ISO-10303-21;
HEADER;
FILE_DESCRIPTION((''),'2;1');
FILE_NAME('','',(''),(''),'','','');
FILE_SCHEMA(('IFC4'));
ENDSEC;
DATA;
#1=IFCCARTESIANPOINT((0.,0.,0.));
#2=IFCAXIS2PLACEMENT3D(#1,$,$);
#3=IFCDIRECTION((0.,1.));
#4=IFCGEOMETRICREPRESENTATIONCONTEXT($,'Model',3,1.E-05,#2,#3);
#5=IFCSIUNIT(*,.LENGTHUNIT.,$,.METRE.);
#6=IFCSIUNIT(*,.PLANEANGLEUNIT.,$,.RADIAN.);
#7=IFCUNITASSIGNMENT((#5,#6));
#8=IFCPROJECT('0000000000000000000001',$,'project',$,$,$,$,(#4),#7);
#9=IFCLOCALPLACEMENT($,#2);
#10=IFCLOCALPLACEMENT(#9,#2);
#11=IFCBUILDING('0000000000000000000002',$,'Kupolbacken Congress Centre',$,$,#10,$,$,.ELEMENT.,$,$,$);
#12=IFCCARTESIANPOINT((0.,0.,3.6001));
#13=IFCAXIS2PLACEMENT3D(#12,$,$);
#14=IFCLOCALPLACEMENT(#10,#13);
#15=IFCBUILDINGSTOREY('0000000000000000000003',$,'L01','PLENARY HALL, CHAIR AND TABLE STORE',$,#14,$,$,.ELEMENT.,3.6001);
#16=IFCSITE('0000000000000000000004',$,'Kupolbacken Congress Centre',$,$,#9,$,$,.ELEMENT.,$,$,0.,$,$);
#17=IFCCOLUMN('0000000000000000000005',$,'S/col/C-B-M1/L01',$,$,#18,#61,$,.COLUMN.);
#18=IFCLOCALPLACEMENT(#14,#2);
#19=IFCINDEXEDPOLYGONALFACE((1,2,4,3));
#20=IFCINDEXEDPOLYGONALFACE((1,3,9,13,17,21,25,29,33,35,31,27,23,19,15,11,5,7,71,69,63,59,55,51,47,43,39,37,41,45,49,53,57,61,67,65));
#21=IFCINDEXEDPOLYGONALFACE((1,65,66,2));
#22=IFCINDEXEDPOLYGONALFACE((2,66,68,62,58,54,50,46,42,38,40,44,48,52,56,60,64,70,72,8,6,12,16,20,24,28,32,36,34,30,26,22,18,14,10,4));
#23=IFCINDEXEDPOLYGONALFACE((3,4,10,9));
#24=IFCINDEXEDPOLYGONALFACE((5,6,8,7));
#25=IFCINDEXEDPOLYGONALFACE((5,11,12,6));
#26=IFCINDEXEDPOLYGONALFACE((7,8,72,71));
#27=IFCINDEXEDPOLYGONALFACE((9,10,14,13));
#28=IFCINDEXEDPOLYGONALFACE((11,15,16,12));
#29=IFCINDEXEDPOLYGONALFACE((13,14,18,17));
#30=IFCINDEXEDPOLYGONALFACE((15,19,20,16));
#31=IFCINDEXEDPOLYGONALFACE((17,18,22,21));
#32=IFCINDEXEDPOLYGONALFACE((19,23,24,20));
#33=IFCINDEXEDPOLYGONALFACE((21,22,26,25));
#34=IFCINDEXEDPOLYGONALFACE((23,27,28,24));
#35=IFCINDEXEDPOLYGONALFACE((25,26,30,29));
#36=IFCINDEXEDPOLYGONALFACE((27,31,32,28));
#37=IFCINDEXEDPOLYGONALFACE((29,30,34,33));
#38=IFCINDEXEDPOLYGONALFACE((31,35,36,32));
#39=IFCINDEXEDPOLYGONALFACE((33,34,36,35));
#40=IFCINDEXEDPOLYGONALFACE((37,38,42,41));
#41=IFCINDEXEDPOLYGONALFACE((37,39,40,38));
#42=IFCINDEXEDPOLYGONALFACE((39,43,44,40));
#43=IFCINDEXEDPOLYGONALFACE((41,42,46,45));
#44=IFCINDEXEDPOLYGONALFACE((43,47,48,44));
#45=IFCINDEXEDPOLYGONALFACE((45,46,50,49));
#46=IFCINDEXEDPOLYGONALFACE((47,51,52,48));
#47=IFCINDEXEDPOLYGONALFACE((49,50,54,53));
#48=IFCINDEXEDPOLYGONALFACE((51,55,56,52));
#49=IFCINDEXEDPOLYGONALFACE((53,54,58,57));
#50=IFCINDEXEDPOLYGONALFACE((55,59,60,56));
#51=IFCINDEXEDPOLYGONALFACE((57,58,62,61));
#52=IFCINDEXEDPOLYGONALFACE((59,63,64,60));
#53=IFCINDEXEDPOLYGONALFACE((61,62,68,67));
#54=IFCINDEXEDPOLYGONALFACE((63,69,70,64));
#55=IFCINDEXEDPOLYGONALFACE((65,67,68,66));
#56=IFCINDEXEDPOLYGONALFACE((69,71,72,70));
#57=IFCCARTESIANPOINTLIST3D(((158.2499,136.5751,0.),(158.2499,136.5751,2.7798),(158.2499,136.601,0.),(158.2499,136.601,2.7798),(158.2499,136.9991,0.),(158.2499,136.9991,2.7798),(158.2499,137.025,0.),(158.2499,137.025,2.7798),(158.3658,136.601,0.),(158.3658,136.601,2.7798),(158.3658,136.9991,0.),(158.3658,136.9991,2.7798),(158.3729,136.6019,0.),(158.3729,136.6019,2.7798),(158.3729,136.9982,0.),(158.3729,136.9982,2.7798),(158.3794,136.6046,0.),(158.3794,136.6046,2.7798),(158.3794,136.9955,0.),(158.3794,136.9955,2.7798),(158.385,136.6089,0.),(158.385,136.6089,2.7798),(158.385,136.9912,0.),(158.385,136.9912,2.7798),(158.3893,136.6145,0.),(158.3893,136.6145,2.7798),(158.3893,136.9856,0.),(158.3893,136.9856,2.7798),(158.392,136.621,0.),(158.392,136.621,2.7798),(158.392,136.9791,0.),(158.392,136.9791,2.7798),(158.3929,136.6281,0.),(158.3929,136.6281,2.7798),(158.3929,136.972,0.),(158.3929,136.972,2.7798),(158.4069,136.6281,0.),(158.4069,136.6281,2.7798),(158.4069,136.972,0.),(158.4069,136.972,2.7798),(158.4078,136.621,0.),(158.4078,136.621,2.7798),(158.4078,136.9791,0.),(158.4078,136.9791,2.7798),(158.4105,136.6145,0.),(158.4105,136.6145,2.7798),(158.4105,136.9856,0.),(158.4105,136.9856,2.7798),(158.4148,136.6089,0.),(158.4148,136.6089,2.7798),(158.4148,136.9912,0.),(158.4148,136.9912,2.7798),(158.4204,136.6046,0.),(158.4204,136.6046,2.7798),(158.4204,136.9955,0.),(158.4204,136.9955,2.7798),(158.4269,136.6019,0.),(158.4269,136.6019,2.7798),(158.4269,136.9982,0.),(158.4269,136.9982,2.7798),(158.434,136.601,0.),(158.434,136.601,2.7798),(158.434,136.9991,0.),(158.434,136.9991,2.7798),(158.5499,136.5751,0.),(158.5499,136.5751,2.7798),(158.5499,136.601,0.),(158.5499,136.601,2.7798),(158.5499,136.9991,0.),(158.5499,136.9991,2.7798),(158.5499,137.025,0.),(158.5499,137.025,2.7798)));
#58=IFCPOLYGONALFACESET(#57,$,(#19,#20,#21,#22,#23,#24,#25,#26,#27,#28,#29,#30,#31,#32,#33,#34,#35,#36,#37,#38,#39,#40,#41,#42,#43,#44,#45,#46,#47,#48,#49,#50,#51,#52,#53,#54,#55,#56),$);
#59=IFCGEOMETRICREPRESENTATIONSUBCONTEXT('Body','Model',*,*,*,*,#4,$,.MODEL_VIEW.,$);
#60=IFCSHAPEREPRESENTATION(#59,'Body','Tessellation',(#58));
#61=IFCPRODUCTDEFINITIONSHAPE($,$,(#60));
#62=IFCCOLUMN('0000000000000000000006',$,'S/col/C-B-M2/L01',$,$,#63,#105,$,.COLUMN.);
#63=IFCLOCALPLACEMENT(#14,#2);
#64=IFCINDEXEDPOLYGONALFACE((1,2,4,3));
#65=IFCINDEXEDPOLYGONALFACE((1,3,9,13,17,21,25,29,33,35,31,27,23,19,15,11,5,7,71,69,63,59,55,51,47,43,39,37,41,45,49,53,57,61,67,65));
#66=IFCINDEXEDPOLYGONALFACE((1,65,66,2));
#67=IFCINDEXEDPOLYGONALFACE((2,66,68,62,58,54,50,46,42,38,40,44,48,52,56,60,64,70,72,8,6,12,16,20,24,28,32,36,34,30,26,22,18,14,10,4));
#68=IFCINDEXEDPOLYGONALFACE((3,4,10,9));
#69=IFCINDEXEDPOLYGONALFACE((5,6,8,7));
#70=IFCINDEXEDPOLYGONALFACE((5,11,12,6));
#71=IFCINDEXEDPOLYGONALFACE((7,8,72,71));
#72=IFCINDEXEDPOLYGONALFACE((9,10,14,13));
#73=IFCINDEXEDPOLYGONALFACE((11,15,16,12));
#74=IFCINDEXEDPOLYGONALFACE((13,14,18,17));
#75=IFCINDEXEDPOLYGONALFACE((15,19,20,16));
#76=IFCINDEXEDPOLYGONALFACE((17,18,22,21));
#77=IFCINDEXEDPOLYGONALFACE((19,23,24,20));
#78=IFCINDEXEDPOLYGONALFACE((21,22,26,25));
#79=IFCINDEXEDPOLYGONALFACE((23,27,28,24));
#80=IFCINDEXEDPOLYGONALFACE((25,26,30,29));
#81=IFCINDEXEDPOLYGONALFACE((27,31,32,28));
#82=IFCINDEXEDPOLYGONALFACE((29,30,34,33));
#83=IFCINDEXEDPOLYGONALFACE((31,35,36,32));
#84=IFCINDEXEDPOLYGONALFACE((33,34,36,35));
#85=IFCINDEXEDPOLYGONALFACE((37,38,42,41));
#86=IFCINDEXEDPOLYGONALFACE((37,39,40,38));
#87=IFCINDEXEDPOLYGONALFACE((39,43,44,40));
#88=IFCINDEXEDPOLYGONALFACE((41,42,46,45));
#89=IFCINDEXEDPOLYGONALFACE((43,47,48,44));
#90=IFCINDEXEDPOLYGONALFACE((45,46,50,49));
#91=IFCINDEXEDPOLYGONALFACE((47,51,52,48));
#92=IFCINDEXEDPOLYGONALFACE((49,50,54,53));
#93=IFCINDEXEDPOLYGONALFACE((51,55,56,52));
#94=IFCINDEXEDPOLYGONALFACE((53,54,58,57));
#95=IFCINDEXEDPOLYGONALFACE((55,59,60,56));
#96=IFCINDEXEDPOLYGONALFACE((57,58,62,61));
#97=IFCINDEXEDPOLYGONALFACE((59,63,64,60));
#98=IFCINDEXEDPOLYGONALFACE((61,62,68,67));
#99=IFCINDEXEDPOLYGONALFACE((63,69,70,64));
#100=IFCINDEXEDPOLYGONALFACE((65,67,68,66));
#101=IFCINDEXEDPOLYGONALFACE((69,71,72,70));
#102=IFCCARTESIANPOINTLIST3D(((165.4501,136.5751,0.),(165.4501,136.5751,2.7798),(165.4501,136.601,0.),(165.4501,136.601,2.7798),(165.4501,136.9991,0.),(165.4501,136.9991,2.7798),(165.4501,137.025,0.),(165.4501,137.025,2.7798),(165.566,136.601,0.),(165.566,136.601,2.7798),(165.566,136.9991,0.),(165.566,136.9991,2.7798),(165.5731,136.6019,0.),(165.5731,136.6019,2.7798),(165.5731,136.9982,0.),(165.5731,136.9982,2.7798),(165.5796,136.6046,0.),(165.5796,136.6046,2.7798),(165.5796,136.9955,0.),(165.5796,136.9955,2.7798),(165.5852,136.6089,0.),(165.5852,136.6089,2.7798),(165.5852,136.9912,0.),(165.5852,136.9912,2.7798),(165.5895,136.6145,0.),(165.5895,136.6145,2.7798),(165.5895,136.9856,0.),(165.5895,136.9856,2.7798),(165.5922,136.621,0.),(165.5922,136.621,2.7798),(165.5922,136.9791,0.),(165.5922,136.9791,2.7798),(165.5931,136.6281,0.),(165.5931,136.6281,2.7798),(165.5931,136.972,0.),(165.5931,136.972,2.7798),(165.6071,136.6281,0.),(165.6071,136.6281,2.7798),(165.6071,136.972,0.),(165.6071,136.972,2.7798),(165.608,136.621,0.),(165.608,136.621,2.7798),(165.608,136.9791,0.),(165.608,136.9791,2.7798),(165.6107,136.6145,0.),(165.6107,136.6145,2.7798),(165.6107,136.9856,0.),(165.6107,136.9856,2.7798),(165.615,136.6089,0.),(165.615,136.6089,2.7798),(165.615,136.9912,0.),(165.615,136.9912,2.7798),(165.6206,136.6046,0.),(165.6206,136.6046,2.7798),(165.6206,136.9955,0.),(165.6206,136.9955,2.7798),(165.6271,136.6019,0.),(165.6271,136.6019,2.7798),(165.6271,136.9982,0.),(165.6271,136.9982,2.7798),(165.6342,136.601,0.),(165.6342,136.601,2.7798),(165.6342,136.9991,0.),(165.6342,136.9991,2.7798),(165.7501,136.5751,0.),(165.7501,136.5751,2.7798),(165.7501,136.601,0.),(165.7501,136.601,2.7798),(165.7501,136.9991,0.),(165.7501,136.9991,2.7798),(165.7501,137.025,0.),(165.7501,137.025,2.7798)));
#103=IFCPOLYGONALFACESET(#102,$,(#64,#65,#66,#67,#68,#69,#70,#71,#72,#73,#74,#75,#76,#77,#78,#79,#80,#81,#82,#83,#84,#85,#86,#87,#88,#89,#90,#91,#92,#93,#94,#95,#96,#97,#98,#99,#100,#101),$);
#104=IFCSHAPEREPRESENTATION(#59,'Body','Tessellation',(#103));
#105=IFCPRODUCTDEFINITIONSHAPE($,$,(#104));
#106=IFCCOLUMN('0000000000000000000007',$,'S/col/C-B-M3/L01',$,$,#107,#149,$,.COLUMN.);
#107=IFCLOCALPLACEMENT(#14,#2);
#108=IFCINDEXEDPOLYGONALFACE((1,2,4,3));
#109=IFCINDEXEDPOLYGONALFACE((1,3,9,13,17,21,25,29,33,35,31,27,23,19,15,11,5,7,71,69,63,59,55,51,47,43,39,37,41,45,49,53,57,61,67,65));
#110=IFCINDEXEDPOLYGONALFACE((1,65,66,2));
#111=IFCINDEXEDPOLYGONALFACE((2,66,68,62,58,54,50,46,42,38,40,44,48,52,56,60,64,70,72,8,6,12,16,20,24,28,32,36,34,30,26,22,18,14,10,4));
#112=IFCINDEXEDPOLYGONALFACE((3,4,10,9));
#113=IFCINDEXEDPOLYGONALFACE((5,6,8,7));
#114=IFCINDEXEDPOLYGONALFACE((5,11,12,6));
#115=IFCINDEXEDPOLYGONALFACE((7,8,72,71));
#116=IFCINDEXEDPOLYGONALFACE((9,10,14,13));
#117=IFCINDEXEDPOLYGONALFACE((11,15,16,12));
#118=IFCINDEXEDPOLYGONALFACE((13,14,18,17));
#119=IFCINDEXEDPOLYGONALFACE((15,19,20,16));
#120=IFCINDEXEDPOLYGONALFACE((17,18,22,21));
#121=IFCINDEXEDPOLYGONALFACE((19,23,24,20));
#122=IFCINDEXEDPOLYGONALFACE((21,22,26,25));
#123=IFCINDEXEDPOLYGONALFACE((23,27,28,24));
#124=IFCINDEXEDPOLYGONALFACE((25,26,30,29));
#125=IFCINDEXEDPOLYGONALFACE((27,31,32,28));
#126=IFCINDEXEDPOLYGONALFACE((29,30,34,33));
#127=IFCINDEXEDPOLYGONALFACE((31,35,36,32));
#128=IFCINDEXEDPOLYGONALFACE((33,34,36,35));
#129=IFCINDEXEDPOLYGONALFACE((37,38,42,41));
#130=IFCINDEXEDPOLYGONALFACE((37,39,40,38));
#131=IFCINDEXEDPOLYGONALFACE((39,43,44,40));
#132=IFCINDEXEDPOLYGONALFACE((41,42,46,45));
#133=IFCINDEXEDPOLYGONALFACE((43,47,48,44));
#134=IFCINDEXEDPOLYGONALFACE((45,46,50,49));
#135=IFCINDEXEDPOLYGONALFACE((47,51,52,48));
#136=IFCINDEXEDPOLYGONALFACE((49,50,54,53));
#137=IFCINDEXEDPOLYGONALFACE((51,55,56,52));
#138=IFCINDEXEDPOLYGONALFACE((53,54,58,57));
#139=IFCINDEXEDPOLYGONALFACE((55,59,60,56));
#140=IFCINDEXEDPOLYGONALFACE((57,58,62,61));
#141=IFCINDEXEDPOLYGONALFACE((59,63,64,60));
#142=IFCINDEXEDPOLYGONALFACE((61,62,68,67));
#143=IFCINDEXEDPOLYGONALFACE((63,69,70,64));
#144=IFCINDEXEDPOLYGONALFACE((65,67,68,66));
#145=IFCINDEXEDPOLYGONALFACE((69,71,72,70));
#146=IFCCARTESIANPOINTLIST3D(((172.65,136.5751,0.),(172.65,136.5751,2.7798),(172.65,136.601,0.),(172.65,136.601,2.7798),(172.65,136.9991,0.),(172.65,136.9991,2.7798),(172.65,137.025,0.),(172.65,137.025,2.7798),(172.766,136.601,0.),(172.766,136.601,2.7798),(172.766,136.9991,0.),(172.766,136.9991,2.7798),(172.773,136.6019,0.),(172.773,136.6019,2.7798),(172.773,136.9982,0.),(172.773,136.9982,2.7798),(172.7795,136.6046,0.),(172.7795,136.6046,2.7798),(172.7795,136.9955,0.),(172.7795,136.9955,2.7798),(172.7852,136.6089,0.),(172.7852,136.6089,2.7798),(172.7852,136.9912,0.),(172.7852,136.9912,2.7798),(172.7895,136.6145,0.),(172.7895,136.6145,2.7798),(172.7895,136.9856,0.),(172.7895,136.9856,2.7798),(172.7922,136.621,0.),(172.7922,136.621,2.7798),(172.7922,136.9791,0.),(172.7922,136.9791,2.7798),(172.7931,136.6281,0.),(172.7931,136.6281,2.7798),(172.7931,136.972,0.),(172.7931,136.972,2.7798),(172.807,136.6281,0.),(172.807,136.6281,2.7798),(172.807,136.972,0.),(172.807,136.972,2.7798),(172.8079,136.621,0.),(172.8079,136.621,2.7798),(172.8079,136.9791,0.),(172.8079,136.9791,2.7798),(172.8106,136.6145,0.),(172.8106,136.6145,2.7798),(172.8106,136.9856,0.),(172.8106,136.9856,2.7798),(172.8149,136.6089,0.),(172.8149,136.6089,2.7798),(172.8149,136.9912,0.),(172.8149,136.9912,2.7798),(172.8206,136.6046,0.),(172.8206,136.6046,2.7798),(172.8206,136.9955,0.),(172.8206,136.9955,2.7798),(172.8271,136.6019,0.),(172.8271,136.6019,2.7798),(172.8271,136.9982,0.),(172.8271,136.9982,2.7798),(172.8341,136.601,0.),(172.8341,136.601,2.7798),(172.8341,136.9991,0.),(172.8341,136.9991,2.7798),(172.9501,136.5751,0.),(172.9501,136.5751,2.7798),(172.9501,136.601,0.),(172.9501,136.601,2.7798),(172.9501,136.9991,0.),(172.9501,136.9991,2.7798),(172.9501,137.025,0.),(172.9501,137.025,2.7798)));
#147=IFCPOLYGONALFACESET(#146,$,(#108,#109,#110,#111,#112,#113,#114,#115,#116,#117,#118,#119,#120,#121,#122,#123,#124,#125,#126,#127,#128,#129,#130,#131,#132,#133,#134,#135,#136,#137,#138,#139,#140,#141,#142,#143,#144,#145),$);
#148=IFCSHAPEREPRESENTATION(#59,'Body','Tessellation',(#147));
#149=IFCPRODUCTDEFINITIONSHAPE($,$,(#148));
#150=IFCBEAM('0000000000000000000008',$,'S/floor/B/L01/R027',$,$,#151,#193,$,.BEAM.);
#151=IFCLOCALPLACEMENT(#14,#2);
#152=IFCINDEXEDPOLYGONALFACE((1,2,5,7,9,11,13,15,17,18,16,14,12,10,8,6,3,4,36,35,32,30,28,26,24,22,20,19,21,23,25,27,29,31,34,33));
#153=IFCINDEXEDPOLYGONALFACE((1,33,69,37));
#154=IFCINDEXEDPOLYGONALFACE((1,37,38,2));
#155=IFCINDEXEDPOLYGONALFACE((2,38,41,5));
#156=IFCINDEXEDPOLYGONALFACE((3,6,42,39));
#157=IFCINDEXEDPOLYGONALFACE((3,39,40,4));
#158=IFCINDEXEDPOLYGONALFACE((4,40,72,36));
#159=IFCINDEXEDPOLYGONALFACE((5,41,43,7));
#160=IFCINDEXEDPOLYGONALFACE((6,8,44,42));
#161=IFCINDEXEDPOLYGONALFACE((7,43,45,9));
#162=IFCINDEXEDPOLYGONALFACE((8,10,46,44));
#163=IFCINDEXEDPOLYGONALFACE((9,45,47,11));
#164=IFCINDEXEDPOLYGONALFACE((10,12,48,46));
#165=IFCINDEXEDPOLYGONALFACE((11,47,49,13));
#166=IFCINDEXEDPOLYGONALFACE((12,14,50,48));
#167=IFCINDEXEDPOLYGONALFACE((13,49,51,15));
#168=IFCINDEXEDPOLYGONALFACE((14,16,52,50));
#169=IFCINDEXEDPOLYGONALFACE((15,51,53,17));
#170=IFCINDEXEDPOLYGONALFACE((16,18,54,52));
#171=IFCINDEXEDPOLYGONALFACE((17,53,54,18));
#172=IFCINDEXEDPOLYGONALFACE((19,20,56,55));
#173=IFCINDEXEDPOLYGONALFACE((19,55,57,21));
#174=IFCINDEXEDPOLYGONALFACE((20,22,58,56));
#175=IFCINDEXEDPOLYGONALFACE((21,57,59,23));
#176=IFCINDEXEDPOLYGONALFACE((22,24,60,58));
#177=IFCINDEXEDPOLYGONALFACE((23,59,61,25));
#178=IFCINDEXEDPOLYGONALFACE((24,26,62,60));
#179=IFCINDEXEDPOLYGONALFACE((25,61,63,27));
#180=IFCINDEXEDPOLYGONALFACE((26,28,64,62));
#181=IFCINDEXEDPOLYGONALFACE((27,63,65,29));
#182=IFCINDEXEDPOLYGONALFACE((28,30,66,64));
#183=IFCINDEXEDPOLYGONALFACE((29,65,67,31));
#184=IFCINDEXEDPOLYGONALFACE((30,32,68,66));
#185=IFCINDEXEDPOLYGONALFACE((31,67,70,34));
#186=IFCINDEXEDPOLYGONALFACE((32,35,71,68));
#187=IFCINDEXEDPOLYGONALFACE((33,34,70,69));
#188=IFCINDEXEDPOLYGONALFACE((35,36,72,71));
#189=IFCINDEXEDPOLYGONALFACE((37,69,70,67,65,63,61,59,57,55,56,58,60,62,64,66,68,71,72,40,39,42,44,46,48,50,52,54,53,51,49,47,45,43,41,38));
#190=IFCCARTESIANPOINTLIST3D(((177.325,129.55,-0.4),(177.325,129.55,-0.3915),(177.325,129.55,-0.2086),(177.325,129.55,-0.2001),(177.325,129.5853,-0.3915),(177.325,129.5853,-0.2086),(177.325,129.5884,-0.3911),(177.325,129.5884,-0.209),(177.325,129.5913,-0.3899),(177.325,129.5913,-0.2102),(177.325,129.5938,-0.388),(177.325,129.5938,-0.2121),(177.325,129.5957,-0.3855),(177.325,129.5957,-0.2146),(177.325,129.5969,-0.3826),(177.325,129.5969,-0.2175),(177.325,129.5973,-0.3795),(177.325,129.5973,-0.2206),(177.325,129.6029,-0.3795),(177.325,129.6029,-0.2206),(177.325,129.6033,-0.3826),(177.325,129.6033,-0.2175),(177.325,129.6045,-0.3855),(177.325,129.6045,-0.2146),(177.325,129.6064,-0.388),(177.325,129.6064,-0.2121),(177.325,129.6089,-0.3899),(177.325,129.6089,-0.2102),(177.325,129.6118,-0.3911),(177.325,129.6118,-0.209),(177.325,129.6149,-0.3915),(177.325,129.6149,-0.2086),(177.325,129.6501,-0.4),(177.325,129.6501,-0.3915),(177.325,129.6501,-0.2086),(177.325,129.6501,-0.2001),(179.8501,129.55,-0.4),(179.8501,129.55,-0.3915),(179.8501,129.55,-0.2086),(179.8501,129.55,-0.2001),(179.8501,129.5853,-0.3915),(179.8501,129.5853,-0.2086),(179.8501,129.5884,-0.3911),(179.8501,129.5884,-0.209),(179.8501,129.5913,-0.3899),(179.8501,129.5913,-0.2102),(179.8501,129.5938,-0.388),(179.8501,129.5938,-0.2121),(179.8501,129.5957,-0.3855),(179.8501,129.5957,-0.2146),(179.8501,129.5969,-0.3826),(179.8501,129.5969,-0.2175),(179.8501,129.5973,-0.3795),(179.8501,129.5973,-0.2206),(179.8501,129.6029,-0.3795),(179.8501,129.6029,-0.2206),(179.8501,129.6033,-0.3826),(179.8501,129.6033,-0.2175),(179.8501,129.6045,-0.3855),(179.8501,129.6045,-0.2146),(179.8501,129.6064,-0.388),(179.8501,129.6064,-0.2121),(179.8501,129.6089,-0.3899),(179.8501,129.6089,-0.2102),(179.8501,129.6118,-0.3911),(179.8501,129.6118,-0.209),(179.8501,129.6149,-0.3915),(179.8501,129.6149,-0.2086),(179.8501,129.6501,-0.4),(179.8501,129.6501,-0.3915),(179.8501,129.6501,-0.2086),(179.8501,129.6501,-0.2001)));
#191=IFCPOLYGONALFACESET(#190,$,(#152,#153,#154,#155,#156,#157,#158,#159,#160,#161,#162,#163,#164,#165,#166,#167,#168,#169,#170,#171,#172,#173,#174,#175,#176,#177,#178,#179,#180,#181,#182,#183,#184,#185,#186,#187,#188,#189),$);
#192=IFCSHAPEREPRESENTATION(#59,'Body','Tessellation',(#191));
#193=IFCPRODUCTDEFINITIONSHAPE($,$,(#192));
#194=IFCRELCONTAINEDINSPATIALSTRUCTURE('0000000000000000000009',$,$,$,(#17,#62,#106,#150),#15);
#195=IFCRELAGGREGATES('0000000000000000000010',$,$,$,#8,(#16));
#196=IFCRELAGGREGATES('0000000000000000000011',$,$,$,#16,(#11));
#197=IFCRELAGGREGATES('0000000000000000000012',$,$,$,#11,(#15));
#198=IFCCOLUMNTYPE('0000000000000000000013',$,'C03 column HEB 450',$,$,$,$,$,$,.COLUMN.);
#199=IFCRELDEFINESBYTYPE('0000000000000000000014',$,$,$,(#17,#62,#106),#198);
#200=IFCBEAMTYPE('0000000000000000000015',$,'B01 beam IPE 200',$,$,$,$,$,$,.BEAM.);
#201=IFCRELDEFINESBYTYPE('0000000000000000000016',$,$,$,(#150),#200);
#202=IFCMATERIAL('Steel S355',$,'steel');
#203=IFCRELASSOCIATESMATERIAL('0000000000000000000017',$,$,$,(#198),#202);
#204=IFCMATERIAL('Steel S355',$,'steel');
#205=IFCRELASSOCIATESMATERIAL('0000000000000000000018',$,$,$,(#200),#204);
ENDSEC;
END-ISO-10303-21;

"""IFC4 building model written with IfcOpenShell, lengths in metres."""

from ifc_helpers import new_model, si_unit, direction, frame, origin, origin_2d, place, context, subcontext, project, spatial, i_section, extrude, material, material_profile, profile_set, type_object, element, save


model = new_model("IFC4")

# Units and contexts
model_context = context("Model", 3, precision=1e-05, world=origin(), true_north=direction((0.0, 1.0)))
body_context = subcontext(model_context, "Body", "Model", "MODEL_VIEW")
ifc_project = project(units=[si_unit("LENGTHUNIT", "METRE"), si_unit("PLANEANGLEUNIT", "RADIAN")], contexts=[model_context])

# Site, building, storey
site_placement = place(None, origin())
site = spatial("IfcSite", under=ifc_project, at=site_placement, Name="Kupolbacken Congress Centre", CompositionType="ELEMENT", RefElevation=0.0)
building_placement = place(site_placement, origin())
building = spatial("IfcBuilding", under=site, at=building_placement, Name="Kupolbacken Congress Centre", CompositionType="ELEMENT")
storey_placement = place(building_placement, frame((0.0, 0.0, 3.6001)))
storey = spatial("IfcBuildingStorey", under=building, at=storey_placement, Name="L01", Description="PLENARY HALL, CHAIR AND TABLE STORE", CompositionType="ELEMENT", Elevation=3.6001)

# Columns
ifc_material_1 = material(Name="Steel S355", Category="steel")
ifc_material_profile_1 = material_profile(ifc_material_1, i_section(OverallWidth=0.3, OverallDepth=0.45, WebThickness=0.0139, FlangeThickness=0.0259, FilletRadius=0.0271, at=origin_2d()), Name="HEB 450")
ifc_profile_set_1 = profile_set([ifc_material_profile_1], Name="Steel S355")
column_type = type_object("IfcColumnType", Name="C03 column HEB 450", PredefinedType="COLUMN", material=ifc_profile_set_1)
for number, where, z_axis, x_axis, name in (
    (1, (158.3999, 136.8, 0.0), (0.0, 0.0, 1.0), (1.0, 0.0, 0.0), "S/col/C-B-M1/L01"),
    (2, (165.6001, 136.8, 0.0), (0.0, 0.0, 1.0), (1.0, 0.0, 0.0), "S/col/C-B-M2/L01"),
    (3, (172.8, 136.8, 0.0), (0.0, 0.0, 1.0), (1.0, 0.0, 0.0), "S/col/C-B-M3/L01"),
):
    element("IfcColumn", number, at=place(storey_placement, frame(where, z_axis=z_axis, x_axis=x_axis)), inside=storey, type_object=column_type, Name=name, PredefinedType="COLUMN", context=body_context, shape_type="SweptSolid", body=[
        extrude(i_section(OverallWidth=0.3, OverallDepth=0.45, WebThickness=0.0139, FlangeThickness=0.0259, FilletRadius=0.0271, at=origin_2d()), origin(), (0.0, 0.0, 1.0), 2.7798),
    ])

# Beam
ifc_material_2 = material(Name="Steel S355", Category="steel")
ifc_material_profile_2 = material_profile(ifc_material_2, i_section(OverallWidth=0.1001, OverallDepth=0.2, WebThickness=0.0056, FlangeThickness=0.0085, FilletRadius=0.012, at=origin_2d()), Name="IPE 200")
ifc_profile_set_2 = profile_set([ifc_material_profile_2], Name="Steel S355")
beam_type_1 = type_object("IfcBeamType", Name="B01 beam IPE 200", PredefinedType="BEAM", material=ifc_profile_set_2)
beam_1_placement = place(storey_placement, frame((177.325, 129.6001, -0.3), z_axis=(1.0, 0.0, 0.0), x_axis=(0.0, 1.0, 0.0)))
element("IfcBeam", 4, at=beam_1_placement, inside=storey, type_object=beam_type_1, Name="S/floor/B/L01/R027", PredefinedType="BEAM", context=body_context, shape_type="SweptSolid", body=[
    extrude(i_section(OverallWidth=0.1001, OverallDepth=0.2, WebThickness=0.0056, FlangeThickness=0.0085, FilletRadius=0.012, at=origin_2d()), origin(), (0.0, 0.0, 1.0), 2.5251),
])

save(model, "model.ifc")
